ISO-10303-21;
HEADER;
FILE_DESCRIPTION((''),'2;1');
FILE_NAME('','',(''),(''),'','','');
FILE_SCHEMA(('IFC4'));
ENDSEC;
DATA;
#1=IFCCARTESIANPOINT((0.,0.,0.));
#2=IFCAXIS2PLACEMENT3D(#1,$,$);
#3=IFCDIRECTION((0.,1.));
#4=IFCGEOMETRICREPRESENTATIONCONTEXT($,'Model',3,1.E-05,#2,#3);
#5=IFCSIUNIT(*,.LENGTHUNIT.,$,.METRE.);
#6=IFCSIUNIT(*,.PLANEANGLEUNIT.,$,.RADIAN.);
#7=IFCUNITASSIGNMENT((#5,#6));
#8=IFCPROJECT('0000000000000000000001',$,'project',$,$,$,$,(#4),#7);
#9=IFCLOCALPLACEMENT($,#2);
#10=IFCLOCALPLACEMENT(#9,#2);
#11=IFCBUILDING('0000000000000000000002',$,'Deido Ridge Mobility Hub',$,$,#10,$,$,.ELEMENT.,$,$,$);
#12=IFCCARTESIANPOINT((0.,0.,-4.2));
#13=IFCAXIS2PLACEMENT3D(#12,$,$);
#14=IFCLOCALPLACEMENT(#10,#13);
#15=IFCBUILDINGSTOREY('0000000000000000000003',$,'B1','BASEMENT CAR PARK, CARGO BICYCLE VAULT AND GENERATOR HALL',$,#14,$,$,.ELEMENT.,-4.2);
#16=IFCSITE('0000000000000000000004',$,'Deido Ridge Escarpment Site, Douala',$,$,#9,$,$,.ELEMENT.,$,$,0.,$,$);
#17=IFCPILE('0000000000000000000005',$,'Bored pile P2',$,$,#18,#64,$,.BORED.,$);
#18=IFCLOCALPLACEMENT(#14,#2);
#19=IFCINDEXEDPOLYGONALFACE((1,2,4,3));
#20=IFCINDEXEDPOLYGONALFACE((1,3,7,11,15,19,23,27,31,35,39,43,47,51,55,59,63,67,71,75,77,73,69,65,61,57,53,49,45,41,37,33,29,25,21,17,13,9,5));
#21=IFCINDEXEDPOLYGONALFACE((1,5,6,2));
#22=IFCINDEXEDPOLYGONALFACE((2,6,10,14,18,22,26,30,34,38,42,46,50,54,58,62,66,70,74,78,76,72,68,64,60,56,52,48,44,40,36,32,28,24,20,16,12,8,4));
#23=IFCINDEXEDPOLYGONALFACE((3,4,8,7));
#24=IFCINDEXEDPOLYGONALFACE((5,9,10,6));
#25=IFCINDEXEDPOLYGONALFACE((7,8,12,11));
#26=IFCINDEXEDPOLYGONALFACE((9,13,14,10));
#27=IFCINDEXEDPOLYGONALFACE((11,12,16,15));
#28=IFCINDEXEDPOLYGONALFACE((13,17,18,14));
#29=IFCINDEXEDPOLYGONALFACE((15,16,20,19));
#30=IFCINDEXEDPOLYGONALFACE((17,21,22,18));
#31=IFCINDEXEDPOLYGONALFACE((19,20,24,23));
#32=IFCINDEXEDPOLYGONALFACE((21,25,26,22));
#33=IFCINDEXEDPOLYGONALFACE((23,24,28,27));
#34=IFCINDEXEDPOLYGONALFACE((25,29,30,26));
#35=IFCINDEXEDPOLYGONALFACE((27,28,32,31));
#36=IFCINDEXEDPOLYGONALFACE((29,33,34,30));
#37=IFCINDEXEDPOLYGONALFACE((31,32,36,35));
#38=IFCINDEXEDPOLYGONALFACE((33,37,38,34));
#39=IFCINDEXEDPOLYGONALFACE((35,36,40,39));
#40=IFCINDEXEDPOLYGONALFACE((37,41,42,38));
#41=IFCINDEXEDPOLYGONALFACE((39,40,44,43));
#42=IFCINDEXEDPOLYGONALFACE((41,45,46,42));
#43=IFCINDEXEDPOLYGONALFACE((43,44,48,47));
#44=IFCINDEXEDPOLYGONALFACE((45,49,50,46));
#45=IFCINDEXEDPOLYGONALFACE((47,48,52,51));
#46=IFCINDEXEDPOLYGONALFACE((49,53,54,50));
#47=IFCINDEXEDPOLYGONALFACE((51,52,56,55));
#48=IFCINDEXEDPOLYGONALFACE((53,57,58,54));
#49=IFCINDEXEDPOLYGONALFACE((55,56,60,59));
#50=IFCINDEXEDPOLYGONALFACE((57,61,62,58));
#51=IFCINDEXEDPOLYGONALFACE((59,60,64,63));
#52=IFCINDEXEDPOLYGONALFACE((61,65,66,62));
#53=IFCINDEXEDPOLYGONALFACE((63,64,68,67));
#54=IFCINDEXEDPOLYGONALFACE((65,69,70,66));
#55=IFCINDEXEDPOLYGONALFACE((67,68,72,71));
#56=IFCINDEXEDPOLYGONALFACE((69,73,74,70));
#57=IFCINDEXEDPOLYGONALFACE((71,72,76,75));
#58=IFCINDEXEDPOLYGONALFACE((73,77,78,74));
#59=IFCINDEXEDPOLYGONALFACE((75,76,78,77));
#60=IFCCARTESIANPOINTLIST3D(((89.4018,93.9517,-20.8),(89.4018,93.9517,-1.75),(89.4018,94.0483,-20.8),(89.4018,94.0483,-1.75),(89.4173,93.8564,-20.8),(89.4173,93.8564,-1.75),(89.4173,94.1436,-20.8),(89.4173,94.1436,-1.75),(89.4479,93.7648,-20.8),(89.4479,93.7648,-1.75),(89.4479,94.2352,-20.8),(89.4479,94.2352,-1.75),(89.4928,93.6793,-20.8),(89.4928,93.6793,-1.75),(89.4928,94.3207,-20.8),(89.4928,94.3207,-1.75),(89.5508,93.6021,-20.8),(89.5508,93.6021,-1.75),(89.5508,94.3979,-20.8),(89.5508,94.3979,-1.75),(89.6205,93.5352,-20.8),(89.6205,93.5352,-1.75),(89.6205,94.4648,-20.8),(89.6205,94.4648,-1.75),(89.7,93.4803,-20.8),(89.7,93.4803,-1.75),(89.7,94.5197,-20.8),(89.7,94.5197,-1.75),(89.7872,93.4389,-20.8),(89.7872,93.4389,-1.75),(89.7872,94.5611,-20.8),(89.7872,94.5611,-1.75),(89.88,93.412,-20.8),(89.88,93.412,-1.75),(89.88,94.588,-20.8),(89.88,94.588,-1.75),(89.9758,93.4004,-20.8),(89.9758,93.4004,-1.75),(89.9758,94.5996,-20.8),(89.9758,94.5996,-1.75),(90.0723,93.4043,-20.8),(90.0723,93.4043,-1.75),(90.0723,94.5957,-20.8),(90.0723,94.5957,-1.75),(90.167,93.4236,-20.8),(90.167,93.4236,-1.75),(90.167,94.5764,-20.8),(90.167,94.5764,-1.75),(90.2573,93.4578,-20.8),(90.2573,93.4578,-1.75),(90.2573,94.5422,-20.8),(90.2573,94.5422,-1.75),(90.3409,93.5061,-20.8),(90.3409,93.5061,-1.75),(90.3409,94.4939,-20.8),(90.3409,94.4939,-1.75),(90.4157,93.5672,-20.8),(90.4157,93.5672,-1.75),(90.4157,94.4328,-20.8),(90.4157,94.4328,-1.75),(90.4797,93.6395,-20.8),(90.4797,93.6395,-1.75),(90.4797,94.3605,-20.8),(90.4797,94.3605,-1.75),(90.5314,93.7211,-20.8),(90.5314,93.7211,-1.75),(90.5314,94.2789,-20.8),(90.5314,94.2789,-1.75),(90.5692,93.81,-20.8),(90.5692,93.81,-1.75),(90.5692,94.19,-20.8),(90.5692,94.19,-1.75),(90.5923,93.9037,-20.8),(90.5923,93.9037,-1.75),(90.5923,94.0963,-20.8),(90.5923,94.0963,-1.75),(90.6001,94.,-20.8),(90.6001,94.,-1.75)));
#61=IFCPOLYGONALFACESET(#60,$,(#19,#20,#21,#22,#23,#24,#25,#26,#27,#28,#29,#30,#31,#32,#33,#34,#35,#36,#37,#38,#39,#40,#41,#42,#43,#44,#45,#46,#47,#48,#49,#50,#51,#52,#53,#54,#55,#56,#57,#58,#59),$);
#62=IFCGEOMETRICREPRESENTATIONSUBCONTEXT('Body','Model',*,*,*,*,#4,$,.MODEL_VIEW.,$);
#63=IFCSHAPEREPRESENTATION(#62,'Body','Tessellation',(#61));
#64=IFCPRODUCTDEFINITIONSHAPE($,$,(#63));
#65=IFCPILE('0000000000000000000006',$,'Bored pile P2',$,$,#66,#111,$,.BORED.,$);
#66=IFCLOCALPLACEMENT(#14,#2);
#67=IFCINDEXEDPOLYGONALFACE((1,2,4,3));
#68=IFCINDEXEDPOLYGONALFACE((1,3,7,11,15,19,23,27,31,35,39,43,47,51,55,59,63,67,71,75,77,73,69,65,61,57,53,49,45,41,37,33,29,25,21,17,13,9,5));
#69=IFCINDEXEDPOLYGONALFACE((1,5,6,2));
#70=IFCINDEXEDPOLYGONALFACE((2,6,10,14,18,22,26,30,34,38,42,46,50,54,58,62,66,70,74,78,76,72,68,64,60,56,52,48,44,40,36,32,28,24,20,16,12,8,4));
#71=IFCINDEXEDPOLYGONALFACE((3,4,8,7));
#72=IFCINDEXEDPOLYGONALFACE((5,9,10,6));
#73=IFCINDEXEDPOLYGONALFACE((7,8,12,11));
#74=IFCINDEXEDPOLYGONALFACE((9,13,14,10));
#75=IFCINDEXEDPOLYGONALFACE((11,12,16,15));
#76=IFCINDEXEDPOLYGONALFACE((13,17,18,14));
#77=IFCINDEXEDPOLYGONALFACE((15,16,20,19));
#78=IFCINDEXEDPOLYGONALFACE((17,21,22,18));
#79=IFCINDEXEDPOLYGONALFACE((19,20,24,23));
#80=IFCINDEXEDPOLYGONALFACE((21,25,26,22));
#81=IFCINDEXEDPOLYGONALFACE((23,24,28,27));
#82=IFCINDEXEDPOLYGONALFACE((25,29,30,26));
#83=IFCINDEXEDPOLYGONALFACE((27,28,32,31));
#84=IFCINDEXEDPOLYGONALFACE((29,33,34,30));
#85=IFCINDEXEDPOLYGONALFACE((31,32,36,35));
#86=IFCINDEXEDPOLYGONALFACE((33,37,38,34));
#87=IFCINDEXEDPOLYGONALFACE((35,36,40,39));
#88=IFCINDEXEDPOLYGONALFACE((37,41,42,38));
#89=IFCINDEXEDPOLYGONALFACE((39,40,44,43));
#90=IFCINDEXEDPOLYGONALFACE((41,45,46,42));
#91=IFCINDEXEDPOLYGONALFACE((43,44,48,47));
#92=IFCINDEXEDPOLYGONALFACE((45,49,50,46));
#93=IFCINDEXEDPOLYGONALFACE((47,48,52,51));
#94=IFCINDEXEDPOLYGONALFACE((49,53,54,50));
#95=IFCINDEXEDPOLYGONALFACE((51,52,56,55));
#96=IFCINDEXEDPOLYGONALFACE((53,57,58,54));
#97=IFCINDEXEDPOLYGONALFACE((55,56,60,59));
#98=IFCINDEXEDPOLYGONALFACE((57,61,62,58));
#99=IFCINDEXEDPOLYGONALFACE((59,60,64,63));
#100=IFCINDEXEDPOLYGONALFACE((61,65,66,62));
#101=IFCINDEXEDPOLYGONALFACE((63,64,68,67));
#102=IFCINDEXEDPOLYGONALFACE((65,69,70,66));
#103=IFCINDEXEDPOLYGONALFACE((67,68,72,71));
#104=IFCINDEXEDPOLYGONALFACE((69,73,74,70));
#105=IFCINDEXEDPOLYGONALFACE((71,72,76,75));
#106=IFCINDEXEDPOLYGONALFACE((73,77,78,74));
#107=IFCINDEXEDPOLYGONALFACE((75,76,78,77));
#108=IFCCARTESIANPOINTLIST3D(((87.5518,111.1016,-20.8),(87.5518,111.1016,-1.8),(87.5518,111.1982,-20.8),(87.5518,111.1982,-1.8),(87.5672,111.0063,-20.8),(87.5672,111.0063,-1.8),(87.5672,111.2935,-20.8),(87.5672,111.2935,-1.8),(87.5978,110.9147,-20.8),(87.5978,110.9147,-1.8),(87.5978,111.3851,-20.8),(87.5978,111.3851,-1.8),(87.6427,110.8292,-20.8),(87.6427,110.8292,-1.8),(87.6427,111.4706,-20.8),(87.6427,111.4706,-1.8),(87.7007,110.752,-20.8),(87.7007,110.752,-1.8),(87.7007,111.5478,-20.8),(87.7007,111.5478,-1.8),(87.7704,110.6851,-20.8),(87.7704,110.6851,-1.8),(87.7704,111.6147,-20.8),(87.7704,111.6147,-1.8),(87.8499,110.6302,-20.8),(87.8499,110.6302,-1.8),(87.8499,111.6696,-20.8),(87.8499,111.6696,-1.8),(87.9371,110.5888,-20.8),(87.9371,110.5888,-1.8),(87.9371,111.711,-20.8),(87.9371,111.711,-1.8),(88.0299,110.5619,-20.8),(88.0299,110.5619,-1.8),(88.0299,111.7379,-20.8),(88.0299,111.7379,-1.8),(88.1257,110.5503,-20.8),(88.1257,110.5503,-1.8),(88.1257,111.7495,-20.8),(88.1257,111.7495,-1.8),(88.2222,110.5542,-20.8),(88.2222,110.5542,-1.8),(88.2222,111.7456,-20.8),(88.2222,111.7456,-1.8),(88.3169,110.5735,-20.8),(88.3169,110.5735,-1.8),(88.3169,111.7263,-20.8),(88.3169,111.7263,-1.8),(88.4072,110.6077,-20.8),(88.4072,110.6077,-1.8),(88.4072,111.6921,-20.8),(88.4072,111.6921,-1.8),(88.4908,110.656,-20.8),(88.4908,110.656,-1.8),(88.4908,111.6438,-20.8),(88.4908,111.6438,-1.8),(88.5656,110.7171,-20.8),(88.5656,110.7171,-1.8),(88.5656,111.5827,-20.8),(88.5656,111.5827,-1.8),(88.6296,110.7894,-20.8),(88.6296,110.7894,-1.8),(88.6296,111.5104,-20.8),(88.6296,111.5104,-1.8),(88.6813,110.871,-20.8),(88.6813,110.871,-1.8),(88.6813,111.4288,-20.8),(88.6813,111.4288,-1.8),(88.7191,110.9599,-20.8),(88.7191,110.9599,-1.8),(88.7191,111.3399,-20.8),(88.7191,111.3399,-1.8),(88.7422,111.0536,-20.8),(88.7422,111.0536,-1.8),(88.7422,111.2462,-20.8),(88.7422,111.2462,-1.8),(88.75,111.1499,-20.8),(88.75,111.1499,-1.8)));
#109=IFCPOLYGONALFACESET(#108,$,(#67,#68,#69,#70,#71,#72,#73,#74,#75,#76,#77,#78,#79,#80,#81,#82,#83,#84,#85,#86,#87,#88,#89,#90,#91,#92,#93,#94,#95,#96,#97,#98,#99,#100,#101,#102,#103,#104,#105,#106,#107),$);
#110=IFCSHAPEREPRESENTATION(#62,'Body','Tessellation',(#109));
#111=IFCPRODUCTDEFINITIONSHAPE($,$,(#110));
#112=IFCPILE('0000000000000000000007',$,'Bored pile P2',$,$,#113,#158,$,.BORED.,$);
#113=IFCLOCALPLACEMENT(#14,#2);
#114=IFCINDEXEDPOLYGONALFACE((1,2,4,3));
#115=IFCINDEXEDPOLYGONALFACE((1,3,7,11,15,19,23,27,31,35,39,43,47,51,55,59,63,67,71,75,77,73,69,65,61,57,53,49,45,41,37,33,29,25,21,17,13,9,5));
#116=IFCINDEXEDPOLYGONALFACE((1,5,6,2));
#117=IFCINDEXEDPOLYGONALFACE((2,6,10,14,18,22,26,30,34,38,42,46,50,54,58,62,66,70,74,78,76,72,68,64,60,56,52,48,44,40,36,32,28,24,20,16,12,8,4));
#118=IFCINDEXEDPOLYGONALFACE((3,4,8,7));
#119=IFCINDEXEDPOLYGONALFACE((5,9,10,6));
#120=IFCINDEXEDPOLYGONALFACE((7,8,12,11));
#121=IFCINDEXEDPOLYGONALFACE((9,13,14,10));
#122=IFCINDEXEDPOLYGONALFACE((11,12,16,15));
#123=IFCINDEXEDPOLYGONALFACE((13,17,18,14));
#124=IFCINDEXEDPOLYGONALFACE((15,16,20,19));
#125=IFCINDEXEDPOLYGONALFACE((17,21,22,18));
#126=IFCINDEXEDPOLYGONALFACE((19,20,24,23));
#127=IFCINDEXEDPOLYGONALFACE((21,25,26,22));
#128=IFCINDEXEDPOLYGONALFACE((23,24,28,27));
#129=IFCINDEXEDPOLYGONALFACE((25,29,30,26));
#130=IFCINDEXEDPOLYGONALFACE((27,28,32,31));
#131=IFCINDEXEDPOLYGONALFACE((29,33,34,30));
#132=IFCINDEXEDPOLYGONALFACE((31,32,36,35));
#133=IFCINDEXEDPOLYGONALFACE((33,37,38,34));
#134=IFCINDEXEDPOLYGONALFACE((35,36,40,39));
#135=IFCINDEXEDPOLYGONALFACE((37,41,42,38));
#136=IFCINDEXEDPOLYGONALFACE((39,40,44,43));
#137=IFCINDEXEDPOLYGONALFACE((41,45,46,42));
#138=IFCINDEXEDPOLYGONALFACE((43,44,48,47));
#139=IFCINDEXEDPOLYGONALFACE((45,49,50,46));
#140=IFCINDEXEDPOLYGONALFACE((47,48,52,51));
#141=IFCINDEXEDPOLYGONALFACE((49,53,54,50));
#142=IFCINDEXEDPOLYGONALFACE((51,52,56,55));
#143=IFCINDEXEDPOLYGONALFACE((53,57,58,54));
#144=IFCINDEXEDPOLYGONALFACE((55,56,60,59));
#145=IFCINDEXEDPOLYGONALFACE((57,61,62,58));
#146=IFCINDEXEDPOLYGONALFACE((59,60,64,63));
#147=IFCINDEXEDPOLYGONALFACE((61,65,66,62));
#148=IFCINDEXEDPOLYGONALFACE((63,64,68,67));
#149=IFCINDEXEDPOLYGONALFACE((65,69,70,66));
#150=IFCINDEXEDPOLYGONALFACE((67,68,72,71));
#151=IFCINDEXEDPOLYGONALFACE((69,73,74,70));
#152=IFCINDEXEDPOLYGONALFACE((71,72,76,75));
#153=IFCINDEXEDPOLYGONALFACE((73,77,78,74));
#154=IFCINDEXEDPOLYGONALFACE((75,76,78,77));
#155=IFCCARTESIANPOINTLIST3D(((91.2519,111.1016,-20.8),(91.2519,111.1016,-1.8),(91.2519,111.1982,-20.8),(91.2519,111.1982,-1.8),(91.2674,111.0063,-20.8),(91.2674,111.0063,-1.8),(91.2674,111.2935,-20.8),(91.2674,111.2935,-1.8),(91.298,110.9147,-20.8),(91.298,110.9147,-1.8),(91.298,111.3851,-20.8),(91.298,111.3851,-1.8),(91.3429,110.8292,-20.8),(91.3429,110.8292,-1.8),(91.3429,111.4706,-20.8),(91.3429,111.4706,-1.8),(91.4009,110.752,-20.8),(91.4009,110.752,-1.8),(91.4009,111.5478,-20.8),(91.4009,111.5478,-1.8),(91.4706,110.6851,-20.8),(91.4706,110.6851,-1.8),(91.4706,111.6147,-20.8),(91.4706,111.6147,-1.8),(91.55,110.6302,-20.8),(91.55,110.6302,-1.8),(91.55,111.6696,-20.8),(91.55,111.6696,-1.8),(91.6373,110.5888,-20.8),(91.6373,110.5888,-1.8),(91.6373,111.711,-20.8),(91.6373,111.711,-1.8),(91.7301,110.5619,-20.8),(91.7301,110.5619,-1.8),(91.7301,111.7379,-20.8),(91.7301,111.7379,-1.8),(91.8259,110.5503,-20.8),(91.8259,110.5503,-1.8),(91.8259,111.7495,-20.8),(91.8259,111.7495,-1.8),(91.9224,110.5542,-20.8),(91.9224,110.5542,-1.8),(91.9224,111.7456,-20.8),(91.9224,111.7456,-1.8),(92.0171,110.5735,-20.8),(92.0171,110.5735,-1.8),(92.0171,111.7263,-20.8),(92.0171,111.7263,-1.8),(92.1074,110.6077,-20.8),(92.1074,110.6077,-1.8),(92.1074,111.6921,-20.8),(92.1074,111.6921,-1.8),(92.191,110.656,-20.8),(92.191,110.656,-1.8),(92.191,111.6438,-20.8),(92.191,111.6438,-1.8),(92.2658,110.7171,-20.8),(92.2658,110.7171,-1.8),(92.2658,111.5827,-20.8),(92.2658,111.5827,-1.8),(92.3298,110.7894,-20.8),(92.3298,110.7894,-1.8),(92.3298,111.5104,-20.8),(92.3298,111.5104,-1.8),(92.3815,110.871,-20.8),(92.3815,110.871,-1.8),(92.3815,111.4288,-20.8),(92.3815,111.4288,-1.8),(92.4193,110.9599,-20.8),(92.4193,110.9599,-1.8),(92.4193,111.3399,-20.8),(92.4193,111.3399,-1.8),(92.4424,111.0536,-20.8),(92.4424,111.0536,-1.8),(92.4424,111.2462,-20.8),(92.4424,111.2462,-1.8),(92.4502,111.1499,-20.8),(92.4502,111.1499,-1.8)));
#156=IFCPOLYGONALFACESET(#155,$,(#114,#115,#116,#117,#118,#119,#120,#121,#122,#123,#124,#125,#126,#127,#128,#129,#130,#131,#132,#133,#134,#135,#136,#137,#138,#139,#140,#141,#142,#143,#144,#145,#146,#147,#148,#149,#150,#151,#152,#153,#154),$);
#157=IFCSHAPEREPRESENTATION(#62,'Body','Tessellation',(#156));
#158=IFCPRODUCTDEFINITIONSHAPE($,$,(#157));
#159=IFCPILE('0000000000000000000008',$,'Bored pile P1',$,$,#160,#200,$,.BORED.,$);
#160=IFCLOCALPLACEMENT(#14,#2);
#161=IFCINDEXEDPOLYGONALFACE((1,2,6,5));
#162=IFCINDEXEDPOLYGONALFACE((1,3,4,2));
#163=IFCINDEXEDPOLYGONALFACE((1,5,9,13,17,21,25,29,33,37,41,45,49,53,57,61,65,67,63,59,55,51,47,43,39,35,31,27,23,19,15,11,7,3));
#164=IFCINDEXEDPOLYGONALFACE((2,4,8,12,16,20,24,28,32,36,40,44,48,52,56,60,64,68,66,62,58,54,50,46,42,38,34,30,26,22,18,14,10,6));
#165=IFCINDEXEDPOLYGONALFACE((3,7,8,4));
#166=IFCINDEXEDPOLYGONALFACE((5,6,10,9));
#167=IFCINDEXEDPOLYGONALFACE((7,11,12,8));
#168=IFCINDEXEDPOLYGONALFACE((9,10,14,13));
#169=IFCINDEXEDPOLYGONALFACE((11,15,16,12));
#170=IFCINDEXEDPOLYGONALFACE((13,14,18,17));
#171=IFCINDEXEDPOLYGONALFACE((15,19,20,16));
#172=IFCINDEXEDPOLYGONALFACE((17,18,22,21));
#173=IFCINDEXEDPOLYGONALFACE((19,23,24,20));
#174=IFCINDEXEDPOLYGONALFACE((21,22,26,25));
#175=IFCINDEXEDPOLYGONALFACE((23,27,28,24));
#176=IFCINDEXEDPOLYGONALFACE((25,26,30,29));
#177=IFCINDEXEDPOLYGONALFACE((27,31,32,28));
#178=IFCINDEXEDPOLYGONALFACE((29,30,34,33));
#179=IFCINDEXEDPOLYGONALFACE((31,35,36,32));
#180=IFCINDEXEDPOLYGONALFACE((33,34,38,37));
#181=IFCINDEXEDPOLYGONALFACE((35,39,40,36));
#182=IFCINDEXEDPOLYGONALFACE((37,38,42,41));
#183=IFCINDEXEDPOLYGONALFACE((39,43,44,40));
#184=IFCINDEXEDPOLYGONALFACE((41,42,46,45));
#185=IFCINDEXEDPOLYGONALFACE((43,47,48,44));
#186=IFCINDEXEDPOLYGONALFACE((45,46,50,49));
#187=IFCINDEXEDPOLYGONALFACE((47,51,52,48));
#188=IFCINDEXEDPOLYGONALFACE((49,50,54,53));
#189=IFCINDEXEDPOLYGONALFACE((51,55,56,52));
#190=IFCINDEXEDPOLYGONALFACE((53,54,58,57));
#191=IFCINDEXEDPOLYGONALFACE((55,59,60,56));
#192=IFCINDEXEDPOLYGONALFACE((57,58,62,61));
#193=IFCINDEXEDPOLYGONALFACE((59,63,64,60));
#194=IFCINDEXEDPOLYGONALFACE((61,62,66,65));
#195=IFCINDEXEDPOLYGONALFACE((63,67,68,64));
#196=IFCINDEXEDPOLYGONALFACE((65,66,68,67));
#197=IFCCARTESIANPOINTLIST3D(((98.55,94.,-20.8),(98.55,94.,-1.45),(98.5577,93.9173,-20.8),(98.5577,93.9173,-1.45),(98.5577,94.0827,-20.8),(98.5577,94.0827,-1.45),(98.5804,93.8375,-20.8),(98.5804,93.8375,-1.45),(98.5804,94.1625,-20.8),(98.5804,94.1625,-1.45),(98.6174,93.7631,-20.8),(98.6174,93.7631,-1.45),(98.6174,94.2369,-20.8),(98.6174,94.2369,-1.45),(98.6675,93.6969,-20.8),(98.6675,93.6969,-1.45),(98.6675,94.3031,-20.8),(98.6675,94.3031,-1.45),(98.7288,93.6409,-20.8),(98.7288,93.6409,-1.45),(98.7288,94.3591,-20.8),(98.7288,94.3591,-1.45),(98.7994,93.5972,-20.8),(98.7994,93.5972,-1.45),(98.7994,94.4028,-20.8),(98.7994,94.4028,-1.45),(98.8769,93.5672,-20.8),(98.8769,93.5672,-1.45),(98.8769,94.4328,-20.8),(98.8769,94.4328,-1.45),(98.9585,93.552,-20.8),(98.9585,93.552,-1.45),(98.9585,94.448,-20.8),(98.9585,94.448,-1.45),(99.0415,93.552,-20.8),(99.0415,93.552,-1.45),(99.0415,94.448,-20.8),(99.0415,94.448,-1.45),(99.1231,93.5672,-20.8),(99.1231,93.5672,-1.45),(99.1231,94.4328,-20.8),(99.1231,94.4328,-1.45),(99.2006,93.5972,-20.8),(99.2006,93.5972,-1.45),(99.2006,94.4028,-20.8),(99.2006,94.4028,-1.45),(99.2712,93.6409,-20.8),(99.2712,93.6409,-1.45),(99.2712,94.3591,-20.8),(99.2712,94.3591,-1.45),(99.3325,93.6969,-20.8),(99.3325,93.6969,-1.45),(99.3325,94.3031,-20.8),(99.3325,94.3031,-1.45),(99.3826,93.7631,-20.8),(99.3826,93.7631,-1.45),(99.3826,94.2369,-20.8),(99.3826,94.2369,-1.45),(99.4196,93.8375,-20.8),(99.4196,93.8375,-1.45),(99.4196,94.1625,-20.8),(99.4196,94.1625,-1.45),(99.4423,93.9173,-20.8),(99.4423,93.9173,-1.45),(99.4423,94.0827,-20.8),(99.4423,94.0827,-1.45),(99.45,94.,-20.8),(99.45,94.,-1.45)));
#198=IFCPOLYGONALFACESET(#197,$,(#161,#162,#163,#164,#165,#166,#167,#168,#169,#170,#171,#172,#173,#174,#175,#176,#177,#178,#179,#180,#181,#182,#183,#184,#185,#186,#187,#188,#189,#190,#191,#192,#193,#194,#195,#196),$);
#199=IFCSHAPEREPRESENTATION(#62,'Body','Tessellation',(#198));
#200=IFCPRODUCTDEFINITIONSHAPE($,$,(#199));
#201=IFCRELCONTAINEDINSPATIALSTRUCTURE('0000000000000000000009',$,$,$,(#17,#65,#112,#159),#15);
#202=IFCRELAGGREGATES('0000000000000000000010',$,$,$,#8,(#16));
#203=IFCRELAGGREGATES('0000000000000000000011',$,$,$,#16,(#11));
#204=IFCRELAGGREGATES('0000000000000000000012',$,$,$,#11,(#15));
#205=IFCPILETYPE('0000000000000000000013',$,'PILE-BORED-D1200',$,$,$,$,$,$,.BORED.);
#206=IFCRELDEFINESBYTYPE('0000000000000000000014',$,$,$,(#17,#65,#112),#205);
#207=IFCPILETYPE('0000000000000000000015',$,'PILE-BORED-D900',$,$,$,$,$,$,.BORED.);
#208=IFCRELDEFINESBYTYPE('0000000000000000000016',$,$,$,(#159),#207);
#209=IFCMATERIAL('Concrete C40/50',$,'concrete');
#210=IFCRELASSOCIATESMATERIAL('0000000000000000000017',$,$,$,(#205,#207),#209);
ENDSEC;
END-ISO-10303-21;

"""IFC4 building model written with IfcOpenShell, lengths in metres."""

from ifc_helpers import new_model, si_unit, direction, frame, origin, origin_2d, place, context, subcontext, project, spatial, circle, extrude, material, material_profile, profile_set, type_object, element, save


model = new_model("IFC4")

# Units and contexts
model_context = context("Model", 3, precision=1e-05, world=origin(), true_north=direction((0.0, 1.0)))
body_context = subcontext(model_context, "Body", "Model", "MODEL_VIEW")
ifc_project = project(units=[si_unit("LENGTHUNIT", "METRE"), si_unit("PLANEANGLEUNIT", "RADIAN")], contexts=[model_context])

# Site, building, storey
site_placement = place(None, origin())
site = spatial("IfcSite", under=ifc_project, at=site_placement, Name="Deido Ridge Escarpment Site, Douala", CompositionType="ELEMENT", RefElevation=0.0)
building_placement = place(site_placement, origin())
building = spatial("IfcBuilding", under=site, at=building_placement, Name="Deido Ridge Mobility Hub", CompositionType="ELEMENT")
storey_placement = place(building_placement, frame((0.0, 0.0, -4.2)))
storey = spatial("IfcBuildingStorey", under=building, at=storey_placement, Name="B1", Description="BASEMENT CAR PARK, CARGO BICYCLE VAULT AND GENERATOR HALL", CompositionType="ELEMENT", Elevation=-4.2)

# Shared definitions
ifc_material_1 = material(Name="Concrete C40/50", Category="concrete")

# Piles
ifc_material_profile_1 = material_profile(ifc_material_1, circle(Radius=0.6001, at=origin_2d()), Name="BORED PILE D1200")
ifc_profile_set_1 = profile_set([ifc_material_profile_1], Name="Concrete C40/50")
pile_type_1 = type_object("IfcPileType", Name="PILE-BORED-D1200", PredefinedType="BORED", material=ifc_profile_set_1)
pile_1_placement = place(storey_placement, frame((90.0, 94.0, -1.75), z_axis=(0.0, 0.0, -1.0), x_axis=(1.0, 0.0, 0.0)))
element("IfcPile", 1, at=pile_1_placement, inside=storey, type_object=pile_type_1, Name="Bored pile P2", PredefinedType="BORED", context=body_context, shape_type="SweptSolid", body=[
    extrude(circle(Radius=0.6001, at=origin_2d()), origin(), (0.0, 0.0, 1.0), 19.05),
])
for number, where, z_axis, x_axis, name in (
    (2, (88.1499, 111.1499, -1.8), (0.0, 0.0, -1.0), (1.0, 0.0, 0.0), "Bored pile P2"),
    (3, (91.8501, 111.1499, -1.8), (0.0, 0.0, -1.0), (1.0, 0.0, 0.0), "Bored pile P2"),
):
    element("IfcPile", number, at=place(storey_placement, frame(where, z_axis=z_axis, x_axis=x_axis)), inside=storey, type_object=pile_type_1, Name=name, PredefinedType="BORED", context=body_context, shape_type="SweptSolid", body=[
        extrude(circle(Radius=0.6001, at=origin_2d()), origin(), (0.0, 0.0, 1.0), 19.0),
    ])
ifc_material_profile_2 = material_profile(ifc_material_1, circle(Radius=0.45, at=origin_2d()), Name="BORED PILE D900")
ifc_profile_set_2 = profile_set([ifc_material_profile_2], Name="Concrete C40/50")
pile_type_2 = type_object("IfcPileType", Name="PILE-BORED-D900", PredefinedType="BORED", material=ifc_profile_set_2)
pile_2_placement = place(storey_placement, frame((99.0, 94.0, -1.45), z_axis=(0.0, 0.0, -1.0), x_axis=(1.0, 0.0, 0.0)))
element("IfcPile", 4, at=pile_2_placement, inside=storey, type_object=pile_type_2, Name="Bored pile P1", PredefinedType="BORED", context=body_context, shape_type="SweptSolid", body=[
    extrude(circle(Radius=0.45, at=origin_2d()), origin(), (0.0, 0.0, 1.0), 19.3501),
])

save(model, "model.ifc")
